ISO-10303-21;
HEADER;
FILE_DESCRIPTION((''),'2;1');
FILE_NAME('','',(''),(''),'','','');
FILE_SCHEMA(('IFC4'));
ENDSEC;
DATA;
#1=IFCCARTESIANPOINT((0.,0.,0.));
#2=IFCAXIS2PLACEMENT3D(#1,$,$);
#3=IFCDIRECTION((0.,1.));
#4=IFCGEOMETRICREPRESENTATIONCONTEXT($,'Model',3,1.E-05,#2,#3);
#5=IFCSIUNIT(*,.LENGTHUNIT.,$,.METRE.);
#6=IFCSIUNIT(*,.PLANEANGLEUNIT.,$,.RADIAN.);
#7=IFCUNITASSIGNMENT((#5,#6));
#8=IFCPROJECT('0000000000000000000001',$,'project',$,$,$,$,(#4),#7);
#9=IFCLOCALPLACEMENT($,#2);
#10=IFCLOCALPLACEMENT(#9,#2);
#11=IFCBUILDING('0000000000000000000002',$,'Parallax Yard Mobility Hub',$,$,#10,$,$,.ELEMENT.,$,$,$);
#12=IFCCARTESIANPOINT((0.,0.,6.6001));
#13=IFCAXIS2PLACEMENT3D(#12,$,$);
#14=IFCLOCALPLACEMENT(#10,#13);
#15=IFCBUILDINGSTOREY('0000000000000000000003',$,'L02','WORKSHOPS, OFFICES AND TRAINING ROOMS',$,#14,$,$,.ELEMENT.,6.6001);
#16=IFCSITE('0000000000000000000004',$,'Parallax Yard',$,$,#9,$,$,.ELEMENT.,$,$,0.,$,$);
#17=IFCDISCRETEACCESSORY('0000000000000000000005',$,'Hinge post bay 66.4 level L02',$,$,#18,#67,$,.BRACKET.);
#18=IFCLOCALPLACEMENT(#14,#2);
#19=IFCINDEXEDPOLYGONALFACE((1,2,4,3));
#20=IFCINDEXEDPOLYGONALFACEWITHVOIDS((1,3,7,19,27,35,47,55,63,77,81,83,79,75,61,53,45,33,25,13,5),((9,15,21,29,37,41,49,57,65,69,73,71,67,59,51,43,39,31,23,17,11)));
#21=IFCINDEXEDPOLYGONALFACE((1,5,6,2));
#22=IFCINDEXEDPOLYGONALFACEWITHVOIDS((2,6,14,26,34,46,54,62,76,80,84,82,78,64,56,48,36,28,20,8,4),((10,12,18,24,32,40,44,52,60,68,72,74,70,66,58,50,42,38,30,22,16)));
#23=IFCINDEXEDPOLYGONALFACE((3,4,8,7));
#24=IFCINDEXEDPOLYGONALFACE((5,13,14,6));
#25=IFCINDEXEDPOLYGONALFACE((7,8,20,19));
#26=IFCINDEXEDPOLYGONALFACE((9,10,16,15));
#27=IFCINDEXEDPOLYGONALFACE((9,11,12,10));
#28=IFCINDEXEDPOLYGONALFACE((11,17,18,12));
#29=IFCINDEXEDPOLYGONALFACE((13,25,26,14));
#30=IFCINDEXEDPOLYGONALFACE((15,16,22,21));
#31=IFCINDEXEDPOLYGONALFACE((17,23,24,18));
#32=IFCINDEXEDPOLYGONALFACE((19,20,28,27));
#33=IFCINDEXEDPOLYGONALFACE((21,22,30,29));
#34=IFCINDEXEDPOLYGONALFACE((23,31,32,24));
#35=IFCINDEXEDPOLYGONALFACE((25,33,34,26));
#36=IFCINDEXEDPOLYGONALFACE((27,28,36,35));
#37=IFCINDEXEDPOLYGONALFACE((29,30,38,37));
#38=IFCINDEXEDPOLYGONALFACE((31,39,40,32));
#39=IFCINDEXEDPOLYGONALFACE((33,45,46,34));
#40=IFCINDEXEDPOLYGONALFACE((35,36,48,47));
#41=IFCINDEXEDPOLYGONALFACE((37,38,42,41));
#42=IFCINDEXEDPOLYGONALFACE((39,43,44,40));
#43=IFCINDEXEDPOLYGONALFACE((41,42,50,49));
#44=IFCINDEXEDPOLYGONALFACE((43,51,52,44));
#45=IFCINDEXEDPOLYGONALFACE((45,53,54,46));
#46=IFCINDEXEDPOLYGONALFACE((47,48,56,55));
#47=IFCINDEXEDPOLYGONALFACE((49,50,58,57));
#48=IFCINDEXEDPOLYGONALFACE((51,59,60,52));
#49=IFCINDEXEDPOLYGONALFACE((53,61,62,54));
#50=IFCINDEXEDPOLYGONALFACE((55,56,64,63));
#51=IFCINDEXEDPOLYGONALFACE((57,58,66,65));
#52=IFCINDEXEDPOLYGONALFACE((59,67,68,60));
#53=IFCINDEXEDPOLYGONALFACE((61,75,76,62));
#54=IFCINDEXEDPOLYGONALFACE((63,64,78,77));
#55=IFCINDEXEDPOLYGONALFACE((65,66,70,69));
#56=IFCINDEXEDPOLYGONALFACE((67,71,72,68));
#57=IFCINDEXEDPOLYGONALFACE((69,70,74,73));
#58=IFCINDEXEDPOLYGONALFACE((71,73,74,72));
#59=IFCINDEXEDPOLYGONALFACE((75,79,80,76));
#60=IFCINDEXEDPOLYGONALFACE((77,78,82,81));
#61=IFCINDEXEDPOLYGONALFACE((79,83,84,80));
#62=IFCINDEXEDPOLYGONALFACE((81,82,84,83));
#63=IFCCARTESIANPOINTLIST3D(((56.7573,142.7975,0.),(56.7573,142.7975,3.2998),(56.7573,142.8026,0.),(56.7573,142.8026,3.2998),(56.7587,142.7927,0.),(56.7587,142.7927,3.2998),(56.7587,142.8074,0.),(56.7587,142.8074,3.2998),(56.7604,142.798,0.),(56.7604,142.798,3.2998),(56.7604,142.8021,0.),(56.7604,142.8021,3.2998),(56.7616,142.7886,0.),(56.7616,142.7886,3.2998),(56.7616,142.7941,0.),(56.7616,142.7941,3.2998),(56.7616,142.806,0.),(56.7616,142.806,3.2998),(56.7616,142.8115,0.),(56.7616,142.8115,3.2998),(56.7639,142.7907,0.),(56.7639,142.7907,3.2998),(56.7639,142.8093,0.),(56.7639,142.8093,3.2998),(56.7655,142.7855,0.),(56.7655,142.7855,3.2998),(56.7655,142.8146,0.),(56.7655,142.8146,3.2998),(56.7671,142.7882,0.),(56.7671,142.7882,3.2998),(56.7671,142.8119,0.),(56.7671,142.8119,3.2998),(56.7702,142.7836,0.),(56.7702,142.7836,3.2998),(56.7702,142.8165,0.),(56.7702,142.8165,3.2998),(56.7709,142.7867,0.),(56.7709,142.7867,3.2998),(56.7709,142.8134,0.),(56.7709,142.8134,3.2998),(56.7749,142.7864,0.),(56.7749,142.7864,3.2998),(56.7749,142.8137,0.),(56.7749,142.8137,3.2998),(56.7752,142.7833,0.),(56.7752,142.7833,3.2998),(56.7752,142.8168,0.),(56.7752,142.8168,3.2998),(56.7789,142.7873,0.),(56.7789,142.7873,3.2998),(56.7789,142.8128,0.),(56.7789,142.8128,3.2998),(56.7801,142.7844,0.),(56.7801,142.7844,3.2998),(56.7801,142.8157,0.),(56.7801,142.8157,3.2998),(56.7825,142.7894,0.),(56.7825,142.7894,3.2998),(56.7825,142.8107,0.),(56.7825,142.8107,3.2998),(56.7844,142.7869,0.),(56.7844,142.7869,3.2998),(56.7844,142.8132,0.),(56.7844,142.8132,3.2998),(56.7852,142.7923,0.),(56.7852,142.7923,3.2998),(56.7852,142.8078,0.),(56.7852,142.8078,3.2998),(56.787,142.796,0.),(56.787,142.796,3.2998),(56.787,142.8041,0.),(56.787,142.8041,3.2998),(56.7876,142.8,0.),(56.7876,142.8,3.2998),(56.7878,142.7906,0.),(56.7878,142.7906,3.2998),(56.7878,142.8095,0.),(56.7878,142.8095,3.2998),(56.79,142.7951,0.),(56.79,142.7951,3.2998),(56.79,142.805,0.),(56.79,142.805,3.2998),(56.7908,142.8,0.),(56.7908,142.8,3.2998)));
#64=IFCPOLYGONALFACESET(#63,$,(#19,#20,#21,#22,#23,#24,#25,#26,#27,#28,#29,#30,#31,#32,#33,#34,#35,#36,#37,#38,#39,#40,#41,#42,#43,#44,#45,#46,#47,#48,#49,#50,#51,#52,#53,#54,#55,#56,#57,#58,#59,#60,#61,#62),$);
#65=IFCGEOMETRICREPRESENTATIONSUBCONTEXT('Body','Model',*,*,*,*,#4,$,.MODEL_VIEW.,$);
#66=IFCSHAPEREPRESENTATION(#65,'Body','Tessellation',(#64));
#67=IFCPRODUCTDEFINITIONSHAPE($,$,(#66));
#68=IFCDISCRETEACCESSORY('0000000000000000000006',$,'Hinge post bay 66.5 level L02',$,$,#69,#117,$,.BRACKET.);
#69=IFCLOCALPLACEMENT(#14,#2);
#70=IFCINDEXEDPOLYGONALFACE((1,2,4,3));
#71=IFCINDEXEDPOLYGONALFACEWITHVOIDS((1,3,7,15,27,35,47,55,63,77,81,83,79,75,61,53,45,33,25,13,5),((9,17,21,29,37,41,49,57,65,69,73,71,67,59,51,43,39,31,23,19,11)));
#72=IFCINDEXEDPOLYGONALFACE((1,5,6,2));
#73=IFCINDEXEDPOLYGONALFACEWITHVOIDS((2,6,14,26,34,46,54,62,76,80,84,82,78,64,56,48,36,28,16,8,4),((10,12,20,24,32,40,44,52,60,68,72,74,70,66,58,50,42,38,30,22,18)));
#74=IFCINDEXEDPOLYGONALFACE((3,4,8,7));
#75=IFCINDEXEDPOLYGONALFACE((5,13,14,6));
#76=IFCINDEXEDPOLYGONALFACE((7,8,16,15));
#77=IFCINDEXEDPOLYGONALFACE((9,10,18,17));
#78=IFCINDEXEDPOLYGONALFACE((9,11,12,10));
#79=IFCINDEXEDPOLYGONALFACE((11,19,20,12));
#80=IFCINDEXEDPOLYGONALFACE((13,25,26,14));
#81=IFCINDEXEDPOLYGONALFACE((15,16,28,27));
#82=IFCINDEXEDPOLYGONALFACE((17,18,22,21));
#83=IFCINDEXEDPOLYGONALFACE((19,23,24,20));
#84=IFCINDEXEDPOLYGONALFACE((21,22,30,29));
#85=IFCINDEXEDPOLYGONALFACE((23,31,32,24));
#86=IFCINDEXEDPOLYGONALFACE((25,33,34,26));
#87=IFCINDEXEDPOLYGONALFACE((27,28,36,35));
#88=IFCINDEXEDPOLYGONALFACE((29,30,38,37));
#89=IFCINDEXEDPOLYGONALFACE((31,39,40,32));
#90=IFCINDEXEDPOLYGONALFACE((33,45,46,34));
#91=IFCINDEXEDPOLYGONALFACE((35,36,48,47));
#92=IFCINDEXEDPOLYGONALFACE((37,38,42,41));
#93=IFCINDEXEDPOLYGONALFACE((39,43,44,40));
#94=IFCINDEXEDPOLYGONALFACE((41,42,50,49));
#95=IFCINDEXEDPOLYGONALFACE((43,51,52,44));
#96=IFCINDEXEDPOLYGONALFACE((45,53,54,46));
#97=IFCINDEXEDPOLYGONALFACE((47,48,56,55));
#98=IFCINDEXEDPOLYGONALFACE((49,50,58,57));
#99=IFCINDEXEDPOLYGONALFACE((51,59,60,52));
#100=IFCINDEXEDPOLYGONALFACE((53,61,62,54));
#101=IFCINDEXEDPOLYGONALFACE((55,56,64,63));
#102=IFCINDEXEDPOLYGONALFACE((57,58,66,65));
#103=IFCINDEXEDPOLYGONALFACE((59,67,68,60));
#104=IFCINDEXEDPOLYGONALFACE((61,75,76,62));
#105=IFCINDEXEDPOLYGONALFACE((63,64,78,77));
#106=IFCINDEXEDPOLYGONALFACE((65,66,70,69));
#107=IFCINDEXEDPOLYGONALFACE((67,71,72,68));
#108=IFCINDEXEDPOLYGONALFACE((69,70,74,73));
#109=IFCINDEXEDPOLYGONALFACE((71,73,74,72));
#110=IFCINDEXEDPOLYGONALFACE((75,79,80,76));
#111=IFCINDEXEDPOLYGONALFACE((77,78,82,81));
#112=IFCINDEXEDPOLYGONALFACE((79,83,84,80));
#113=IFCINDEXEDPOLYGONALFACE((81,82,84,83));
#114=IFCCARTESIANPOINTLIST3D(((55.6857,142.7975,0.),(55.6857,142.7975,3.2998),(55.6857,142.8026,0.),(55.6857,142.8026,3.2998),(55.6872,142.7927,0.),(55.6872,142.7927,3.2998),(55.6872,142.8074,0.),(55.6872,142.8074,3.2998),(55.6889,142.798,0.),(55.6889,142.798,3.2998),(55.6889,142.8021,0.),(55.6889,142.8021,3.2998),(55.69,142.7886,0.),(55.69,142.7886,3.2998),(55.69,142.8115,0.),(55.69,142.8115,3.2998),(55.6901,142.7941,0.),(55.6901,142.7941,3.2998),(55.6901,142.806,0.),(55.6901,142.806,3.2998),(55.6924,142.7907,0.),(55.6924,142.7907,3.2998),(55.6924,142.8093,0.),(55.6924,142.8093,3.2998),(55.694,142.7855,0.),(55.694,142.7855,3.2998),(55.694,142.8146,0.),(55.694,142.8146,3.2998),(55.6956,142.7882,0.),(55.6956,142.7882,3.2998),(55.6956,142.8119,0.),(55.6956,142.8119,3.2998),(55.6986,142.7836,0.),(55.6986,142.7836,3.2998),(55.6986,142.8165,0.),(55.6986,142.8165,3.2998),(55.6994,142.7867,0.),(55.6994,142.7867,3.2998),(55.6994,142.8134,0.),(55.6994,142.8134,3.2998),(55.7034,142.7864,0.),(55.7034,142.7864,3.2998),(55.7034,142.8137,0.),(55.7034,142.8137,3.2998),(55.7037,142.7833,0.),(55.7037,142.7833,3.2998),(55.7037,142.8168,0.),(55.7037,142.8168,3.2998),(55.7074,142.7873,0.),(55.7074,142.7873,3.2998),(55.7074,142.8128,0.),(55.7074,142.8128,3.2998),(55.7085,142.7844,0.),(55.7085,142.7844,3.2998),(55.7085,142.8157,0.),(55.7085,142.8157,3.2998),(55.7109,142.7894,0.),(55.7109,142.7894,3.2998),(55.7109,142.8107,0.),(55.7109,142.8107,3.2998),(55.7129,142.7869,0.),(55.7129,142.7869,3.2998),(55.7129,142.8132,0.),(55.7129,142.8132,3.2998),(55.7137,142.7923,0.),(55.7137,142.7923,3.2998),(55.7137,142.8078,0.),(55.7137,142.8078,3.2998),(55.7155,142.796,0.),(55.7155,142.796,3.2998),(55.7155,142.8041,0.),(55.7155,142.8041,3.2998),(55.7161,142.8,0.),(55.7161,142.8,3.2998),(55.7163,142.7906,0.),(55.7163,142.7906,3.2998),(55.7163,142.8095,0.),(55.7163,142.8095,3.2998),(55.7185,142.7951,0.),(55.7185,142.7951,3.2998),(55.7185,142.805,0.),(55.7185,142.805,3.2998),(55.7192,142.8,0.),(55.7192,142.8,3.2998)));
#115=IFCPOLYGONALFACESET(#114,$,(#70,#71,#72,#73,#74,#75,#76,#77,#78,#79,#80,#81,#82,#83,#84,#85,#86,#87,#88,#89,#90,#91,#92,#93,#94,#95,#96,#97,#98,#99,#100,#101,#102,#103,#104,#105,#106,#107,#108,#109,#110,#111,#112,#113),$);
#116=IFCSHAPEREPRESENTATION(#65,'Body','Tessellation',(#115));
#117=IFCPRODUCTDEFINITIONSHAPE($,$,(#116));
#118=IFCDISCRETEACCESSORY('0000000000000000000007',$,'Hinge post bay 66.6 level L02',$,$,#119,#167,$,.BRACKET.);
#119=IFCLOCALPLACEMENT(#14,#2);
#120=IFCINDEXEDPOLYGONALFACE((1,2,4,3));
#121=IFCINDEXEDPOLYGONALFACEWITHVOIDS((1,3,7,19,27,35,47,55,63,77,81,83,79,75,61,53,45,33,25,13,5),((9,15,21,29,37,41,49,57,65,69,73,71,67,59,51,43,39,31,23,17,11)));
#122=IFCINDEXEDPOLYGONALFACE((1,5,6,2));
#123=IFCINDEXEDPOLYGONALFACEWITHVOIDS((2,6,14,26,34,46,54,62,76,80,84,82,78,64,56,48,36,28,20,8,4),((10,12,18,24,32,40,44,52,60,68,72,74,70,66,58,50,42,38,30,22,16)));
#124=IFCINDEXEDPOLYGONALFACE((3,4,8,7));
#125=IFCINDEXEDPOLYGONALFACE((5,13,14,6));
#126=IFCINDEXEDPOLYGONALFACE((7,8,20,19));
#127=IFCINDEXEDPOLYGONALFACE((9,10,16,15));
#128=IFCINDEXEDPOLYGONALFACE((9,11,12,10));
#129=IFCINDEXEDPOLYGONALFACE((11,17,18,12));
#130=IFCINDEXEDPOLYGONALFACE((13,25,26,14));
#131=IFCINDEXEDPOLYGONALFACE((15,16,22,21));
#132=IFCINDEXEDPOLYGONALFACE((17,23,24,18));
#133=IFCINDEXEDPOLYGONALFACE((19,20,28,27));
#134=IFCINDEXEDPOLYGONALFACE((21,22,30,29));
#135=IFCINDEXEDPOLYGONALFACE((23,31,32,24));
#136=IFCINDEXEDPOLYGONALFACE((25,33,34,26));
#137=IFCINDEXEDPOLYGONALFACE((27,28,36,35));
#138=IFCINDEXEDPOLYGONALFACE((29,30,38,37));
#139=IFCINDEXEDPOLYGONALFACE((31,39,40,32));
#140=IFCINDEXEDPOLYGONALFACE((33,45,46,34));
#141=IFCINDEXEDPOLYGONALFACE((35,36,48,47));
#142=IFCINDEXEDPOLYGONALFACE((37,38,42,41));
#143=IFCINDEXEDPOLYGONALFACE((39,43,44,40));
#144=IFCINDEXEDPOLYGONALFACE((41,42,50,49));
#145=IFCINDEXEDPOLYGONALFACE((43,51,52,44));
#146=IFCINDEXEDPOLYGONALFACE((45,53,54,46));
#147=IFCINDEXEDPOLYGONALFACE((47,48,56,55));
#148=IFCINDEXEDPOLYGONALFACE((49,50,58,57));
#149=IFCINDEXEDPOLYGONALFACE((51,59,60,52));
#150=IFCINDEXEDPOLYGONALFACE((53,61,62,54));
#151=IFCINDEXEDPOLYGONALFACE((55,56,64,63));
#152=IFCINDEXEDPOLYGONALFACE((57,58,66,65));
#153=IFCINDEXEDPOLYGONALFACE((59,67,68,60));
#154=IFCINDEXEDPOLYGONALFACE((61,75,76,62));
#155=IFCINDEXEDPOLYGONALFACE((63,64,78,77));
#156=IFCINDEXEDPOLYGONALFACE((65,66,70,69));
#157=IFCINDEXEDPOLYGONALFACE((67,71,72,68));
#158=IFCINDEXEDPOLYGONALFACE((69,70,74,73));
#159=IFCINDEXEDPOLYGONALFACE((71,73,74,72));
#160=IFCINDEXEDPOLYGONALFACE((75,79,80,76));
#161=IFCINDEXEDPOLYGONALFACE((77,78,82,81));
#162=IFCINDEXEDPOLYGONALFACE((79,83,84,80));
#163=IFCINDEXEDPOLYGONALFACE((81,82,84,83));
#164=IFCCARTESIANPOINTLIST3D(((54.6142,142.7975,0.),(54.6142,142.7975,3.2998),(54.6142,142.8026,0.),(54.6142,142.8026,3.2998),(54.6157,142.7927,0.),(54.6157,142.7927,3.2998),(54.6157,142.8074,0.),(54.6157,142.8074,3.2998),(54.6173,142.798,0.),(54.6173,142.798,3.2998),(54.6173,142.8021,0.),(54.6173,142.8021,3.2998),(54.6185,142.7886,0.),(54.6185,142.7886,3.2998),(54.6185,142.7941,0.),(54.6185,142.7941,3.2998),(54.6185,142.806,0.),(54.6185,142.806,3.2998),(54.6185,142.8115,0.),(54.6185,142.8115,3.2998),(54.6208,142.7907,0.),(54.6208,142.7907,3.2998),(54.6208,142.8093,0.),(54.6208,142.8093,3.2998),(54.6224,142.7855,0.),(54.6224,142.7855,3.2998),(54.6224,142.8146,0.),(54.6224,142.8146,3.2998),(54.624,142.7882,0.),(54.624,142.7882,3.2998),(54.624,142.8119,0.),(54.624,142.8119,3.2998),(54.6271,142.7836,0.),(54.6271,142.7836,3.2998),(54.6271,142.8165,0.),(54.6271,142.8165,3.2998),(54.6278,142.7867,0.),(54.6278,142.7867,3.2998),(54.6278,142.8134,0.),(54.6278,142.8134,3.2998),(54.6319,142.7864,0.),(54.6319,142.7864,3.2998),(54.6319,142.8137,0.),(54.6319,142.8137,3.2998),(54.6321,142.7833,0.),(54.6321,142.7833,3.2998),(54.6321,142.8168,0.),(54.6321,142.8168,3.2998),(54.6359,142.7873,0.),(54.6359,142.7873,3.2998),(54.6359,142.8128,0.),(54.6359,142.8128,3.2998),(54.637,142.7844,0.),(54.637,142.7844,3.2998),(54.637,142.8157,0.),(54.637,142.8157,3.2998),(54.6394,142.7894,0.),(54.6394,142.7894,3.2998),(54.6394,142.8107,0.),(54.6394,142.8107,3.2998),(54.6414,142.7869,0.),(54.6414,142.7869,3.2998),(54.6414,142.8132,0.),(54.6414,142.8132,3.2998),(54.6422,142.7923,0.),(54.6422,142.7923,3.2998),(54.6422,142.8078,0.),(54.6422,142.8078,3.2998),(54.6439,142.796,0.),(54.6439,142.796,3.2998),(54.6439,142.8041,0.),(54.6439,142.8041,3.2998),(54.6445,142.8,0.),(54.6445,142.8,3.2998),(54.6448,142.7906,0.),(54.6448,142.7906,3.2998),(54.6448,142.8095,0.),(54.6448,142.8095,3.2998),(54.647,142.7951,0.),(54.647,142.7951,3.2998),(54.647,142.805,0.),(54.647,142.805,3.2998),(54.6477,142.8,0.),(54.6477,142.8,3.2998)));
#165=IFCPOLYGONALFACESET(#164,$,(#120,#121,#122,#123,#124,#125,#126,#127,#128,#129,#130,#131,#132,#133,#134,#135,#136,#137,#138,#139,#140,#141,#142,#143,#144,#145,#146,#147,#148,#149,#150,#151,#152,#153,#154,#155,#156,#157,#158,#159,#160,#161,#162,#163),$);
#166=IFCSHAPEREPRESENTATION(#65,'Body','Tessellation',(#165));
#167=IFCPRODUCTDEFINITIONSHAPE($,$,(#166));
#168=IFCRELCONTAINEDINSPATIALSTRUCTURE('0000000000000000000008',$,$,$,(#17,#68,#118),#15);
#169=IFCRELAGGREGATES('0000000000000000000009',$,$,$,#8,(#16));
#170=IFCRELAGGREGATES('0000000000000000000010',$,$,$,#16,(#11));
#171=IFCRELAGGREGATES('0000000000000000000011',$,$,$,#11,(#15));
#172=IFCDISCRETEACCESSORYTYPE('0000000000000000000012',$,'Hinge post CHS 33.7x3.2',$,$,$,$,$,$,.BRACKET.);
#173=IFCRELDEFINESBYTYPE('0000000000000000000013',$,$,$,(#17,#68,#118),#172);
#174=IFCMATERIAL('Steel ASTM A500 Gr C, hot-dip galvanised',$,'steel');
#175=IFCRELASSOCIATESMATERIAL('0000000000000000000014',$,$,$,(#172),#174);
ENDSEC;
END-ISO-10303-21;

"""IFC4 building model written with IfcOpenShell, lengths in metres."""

from ifc_helpers import new_model, si_unit, direction, frame, origin, origin_2d, place, context, subcontext, project, spatial, hollow_circle, extrude, material, material_profile, profile_set, type_object, element, save


model = new_model("IFC4")

# Units and contexts
model_context = context("Model", 3, precision=1e-05, world=origin(), true_north=direction((0.0, 1.0)))
body_context = subcontext(model_context, "Body", "Model", "MODEL_VIEW")
ifc_project = project(units=[si_unit("LENGTHUNIT", "METRE"), si_unit("PLANEANGLEUNIT", "RADIAN")], contexts=[model_context])

# Site, building, storey
site_placement = place(None, origin())
site = spatial("IfcSite", under=ifc_project, at=site_placement, Name="Parallax Yard", CompositionType="ELEMENT", RefElevation=0.0)
building_placement = place(site_placement, origin())
building = spatial("IfcBuilding", under=site, at=building_placement, Name="Parallax Yard Mobility Hub", CompositionType="ELEMENT")
storey_placement = place(building_placement, frame((0.0, 0.0, 6.6001)))
storey = spatial("IfcBuildingStorey", under=building, at=storey_placement, Name="L02", Description="WORKSHOPS, OFFICES AND TRAINING ROOMS", CompositionType="ELEMENT", Elevation=6.6001)

# Discrete accessories
ifc_material_1 = material(Name="Steel ASTM A500 Gr C, hot-dip galvanised", Category="steel")
ifc_material_profile_1 = material_profile(ifc_material_1, hollow_circle(Radius=0.0168, WallThickness=0.0032, at=origin_2d()), Name="CHS 33.7x3.2")
ifc_profile_set_1 = profile_set([ifc_material_profile_1], Name="Steel ASTM A500 Gr C, hot-dip galvanised")
discrete_accessory_type_1 = type_object("IfcDiscreteAccessoryType", Name="Hinge post CHS 33.7x3.2", PredefinedType="BRACKET", material=ifc_profile_set_1)
for number, where, z_axis, x_axis, name in (
    (1, (56.7739, 142.8, 0.0), (0.0, 0.0, 1.0), (1.0, 0.0, 0.0), "Hinge post bay 66.4 level L02"),
    (2, (55.7024, 142.8, 0.0), (0.0, 0.0, 1.0), (1.0, 0.0, 0.0), "Hinge post bay 66.5 level L02"),
    (3, (54.6309, 142.8, 0.0), (0.0, 0.0, 1.0), (1.0, 0.0, 0.0), "Hinge post bay 66.6 level L02"),
):
    element("IfcDiscreteAccessory", number, at=place(storey_placement, frame(where, z_axis=z_axis, x_axis=x_axis)), inside=storey, type_object=discrete_accessory_type_1, Name=name, PredefinedType="BRACKET", context=body_context, shape_type="SweptSolid", body=[
        extrude(hollow_circle(Radius=0.0168, WallThickness=0.0032, at=origin_2d()), origin(), (0.0, 0.0, 1.0), 3.2998),
    ])

save(model, "model.ifc")
